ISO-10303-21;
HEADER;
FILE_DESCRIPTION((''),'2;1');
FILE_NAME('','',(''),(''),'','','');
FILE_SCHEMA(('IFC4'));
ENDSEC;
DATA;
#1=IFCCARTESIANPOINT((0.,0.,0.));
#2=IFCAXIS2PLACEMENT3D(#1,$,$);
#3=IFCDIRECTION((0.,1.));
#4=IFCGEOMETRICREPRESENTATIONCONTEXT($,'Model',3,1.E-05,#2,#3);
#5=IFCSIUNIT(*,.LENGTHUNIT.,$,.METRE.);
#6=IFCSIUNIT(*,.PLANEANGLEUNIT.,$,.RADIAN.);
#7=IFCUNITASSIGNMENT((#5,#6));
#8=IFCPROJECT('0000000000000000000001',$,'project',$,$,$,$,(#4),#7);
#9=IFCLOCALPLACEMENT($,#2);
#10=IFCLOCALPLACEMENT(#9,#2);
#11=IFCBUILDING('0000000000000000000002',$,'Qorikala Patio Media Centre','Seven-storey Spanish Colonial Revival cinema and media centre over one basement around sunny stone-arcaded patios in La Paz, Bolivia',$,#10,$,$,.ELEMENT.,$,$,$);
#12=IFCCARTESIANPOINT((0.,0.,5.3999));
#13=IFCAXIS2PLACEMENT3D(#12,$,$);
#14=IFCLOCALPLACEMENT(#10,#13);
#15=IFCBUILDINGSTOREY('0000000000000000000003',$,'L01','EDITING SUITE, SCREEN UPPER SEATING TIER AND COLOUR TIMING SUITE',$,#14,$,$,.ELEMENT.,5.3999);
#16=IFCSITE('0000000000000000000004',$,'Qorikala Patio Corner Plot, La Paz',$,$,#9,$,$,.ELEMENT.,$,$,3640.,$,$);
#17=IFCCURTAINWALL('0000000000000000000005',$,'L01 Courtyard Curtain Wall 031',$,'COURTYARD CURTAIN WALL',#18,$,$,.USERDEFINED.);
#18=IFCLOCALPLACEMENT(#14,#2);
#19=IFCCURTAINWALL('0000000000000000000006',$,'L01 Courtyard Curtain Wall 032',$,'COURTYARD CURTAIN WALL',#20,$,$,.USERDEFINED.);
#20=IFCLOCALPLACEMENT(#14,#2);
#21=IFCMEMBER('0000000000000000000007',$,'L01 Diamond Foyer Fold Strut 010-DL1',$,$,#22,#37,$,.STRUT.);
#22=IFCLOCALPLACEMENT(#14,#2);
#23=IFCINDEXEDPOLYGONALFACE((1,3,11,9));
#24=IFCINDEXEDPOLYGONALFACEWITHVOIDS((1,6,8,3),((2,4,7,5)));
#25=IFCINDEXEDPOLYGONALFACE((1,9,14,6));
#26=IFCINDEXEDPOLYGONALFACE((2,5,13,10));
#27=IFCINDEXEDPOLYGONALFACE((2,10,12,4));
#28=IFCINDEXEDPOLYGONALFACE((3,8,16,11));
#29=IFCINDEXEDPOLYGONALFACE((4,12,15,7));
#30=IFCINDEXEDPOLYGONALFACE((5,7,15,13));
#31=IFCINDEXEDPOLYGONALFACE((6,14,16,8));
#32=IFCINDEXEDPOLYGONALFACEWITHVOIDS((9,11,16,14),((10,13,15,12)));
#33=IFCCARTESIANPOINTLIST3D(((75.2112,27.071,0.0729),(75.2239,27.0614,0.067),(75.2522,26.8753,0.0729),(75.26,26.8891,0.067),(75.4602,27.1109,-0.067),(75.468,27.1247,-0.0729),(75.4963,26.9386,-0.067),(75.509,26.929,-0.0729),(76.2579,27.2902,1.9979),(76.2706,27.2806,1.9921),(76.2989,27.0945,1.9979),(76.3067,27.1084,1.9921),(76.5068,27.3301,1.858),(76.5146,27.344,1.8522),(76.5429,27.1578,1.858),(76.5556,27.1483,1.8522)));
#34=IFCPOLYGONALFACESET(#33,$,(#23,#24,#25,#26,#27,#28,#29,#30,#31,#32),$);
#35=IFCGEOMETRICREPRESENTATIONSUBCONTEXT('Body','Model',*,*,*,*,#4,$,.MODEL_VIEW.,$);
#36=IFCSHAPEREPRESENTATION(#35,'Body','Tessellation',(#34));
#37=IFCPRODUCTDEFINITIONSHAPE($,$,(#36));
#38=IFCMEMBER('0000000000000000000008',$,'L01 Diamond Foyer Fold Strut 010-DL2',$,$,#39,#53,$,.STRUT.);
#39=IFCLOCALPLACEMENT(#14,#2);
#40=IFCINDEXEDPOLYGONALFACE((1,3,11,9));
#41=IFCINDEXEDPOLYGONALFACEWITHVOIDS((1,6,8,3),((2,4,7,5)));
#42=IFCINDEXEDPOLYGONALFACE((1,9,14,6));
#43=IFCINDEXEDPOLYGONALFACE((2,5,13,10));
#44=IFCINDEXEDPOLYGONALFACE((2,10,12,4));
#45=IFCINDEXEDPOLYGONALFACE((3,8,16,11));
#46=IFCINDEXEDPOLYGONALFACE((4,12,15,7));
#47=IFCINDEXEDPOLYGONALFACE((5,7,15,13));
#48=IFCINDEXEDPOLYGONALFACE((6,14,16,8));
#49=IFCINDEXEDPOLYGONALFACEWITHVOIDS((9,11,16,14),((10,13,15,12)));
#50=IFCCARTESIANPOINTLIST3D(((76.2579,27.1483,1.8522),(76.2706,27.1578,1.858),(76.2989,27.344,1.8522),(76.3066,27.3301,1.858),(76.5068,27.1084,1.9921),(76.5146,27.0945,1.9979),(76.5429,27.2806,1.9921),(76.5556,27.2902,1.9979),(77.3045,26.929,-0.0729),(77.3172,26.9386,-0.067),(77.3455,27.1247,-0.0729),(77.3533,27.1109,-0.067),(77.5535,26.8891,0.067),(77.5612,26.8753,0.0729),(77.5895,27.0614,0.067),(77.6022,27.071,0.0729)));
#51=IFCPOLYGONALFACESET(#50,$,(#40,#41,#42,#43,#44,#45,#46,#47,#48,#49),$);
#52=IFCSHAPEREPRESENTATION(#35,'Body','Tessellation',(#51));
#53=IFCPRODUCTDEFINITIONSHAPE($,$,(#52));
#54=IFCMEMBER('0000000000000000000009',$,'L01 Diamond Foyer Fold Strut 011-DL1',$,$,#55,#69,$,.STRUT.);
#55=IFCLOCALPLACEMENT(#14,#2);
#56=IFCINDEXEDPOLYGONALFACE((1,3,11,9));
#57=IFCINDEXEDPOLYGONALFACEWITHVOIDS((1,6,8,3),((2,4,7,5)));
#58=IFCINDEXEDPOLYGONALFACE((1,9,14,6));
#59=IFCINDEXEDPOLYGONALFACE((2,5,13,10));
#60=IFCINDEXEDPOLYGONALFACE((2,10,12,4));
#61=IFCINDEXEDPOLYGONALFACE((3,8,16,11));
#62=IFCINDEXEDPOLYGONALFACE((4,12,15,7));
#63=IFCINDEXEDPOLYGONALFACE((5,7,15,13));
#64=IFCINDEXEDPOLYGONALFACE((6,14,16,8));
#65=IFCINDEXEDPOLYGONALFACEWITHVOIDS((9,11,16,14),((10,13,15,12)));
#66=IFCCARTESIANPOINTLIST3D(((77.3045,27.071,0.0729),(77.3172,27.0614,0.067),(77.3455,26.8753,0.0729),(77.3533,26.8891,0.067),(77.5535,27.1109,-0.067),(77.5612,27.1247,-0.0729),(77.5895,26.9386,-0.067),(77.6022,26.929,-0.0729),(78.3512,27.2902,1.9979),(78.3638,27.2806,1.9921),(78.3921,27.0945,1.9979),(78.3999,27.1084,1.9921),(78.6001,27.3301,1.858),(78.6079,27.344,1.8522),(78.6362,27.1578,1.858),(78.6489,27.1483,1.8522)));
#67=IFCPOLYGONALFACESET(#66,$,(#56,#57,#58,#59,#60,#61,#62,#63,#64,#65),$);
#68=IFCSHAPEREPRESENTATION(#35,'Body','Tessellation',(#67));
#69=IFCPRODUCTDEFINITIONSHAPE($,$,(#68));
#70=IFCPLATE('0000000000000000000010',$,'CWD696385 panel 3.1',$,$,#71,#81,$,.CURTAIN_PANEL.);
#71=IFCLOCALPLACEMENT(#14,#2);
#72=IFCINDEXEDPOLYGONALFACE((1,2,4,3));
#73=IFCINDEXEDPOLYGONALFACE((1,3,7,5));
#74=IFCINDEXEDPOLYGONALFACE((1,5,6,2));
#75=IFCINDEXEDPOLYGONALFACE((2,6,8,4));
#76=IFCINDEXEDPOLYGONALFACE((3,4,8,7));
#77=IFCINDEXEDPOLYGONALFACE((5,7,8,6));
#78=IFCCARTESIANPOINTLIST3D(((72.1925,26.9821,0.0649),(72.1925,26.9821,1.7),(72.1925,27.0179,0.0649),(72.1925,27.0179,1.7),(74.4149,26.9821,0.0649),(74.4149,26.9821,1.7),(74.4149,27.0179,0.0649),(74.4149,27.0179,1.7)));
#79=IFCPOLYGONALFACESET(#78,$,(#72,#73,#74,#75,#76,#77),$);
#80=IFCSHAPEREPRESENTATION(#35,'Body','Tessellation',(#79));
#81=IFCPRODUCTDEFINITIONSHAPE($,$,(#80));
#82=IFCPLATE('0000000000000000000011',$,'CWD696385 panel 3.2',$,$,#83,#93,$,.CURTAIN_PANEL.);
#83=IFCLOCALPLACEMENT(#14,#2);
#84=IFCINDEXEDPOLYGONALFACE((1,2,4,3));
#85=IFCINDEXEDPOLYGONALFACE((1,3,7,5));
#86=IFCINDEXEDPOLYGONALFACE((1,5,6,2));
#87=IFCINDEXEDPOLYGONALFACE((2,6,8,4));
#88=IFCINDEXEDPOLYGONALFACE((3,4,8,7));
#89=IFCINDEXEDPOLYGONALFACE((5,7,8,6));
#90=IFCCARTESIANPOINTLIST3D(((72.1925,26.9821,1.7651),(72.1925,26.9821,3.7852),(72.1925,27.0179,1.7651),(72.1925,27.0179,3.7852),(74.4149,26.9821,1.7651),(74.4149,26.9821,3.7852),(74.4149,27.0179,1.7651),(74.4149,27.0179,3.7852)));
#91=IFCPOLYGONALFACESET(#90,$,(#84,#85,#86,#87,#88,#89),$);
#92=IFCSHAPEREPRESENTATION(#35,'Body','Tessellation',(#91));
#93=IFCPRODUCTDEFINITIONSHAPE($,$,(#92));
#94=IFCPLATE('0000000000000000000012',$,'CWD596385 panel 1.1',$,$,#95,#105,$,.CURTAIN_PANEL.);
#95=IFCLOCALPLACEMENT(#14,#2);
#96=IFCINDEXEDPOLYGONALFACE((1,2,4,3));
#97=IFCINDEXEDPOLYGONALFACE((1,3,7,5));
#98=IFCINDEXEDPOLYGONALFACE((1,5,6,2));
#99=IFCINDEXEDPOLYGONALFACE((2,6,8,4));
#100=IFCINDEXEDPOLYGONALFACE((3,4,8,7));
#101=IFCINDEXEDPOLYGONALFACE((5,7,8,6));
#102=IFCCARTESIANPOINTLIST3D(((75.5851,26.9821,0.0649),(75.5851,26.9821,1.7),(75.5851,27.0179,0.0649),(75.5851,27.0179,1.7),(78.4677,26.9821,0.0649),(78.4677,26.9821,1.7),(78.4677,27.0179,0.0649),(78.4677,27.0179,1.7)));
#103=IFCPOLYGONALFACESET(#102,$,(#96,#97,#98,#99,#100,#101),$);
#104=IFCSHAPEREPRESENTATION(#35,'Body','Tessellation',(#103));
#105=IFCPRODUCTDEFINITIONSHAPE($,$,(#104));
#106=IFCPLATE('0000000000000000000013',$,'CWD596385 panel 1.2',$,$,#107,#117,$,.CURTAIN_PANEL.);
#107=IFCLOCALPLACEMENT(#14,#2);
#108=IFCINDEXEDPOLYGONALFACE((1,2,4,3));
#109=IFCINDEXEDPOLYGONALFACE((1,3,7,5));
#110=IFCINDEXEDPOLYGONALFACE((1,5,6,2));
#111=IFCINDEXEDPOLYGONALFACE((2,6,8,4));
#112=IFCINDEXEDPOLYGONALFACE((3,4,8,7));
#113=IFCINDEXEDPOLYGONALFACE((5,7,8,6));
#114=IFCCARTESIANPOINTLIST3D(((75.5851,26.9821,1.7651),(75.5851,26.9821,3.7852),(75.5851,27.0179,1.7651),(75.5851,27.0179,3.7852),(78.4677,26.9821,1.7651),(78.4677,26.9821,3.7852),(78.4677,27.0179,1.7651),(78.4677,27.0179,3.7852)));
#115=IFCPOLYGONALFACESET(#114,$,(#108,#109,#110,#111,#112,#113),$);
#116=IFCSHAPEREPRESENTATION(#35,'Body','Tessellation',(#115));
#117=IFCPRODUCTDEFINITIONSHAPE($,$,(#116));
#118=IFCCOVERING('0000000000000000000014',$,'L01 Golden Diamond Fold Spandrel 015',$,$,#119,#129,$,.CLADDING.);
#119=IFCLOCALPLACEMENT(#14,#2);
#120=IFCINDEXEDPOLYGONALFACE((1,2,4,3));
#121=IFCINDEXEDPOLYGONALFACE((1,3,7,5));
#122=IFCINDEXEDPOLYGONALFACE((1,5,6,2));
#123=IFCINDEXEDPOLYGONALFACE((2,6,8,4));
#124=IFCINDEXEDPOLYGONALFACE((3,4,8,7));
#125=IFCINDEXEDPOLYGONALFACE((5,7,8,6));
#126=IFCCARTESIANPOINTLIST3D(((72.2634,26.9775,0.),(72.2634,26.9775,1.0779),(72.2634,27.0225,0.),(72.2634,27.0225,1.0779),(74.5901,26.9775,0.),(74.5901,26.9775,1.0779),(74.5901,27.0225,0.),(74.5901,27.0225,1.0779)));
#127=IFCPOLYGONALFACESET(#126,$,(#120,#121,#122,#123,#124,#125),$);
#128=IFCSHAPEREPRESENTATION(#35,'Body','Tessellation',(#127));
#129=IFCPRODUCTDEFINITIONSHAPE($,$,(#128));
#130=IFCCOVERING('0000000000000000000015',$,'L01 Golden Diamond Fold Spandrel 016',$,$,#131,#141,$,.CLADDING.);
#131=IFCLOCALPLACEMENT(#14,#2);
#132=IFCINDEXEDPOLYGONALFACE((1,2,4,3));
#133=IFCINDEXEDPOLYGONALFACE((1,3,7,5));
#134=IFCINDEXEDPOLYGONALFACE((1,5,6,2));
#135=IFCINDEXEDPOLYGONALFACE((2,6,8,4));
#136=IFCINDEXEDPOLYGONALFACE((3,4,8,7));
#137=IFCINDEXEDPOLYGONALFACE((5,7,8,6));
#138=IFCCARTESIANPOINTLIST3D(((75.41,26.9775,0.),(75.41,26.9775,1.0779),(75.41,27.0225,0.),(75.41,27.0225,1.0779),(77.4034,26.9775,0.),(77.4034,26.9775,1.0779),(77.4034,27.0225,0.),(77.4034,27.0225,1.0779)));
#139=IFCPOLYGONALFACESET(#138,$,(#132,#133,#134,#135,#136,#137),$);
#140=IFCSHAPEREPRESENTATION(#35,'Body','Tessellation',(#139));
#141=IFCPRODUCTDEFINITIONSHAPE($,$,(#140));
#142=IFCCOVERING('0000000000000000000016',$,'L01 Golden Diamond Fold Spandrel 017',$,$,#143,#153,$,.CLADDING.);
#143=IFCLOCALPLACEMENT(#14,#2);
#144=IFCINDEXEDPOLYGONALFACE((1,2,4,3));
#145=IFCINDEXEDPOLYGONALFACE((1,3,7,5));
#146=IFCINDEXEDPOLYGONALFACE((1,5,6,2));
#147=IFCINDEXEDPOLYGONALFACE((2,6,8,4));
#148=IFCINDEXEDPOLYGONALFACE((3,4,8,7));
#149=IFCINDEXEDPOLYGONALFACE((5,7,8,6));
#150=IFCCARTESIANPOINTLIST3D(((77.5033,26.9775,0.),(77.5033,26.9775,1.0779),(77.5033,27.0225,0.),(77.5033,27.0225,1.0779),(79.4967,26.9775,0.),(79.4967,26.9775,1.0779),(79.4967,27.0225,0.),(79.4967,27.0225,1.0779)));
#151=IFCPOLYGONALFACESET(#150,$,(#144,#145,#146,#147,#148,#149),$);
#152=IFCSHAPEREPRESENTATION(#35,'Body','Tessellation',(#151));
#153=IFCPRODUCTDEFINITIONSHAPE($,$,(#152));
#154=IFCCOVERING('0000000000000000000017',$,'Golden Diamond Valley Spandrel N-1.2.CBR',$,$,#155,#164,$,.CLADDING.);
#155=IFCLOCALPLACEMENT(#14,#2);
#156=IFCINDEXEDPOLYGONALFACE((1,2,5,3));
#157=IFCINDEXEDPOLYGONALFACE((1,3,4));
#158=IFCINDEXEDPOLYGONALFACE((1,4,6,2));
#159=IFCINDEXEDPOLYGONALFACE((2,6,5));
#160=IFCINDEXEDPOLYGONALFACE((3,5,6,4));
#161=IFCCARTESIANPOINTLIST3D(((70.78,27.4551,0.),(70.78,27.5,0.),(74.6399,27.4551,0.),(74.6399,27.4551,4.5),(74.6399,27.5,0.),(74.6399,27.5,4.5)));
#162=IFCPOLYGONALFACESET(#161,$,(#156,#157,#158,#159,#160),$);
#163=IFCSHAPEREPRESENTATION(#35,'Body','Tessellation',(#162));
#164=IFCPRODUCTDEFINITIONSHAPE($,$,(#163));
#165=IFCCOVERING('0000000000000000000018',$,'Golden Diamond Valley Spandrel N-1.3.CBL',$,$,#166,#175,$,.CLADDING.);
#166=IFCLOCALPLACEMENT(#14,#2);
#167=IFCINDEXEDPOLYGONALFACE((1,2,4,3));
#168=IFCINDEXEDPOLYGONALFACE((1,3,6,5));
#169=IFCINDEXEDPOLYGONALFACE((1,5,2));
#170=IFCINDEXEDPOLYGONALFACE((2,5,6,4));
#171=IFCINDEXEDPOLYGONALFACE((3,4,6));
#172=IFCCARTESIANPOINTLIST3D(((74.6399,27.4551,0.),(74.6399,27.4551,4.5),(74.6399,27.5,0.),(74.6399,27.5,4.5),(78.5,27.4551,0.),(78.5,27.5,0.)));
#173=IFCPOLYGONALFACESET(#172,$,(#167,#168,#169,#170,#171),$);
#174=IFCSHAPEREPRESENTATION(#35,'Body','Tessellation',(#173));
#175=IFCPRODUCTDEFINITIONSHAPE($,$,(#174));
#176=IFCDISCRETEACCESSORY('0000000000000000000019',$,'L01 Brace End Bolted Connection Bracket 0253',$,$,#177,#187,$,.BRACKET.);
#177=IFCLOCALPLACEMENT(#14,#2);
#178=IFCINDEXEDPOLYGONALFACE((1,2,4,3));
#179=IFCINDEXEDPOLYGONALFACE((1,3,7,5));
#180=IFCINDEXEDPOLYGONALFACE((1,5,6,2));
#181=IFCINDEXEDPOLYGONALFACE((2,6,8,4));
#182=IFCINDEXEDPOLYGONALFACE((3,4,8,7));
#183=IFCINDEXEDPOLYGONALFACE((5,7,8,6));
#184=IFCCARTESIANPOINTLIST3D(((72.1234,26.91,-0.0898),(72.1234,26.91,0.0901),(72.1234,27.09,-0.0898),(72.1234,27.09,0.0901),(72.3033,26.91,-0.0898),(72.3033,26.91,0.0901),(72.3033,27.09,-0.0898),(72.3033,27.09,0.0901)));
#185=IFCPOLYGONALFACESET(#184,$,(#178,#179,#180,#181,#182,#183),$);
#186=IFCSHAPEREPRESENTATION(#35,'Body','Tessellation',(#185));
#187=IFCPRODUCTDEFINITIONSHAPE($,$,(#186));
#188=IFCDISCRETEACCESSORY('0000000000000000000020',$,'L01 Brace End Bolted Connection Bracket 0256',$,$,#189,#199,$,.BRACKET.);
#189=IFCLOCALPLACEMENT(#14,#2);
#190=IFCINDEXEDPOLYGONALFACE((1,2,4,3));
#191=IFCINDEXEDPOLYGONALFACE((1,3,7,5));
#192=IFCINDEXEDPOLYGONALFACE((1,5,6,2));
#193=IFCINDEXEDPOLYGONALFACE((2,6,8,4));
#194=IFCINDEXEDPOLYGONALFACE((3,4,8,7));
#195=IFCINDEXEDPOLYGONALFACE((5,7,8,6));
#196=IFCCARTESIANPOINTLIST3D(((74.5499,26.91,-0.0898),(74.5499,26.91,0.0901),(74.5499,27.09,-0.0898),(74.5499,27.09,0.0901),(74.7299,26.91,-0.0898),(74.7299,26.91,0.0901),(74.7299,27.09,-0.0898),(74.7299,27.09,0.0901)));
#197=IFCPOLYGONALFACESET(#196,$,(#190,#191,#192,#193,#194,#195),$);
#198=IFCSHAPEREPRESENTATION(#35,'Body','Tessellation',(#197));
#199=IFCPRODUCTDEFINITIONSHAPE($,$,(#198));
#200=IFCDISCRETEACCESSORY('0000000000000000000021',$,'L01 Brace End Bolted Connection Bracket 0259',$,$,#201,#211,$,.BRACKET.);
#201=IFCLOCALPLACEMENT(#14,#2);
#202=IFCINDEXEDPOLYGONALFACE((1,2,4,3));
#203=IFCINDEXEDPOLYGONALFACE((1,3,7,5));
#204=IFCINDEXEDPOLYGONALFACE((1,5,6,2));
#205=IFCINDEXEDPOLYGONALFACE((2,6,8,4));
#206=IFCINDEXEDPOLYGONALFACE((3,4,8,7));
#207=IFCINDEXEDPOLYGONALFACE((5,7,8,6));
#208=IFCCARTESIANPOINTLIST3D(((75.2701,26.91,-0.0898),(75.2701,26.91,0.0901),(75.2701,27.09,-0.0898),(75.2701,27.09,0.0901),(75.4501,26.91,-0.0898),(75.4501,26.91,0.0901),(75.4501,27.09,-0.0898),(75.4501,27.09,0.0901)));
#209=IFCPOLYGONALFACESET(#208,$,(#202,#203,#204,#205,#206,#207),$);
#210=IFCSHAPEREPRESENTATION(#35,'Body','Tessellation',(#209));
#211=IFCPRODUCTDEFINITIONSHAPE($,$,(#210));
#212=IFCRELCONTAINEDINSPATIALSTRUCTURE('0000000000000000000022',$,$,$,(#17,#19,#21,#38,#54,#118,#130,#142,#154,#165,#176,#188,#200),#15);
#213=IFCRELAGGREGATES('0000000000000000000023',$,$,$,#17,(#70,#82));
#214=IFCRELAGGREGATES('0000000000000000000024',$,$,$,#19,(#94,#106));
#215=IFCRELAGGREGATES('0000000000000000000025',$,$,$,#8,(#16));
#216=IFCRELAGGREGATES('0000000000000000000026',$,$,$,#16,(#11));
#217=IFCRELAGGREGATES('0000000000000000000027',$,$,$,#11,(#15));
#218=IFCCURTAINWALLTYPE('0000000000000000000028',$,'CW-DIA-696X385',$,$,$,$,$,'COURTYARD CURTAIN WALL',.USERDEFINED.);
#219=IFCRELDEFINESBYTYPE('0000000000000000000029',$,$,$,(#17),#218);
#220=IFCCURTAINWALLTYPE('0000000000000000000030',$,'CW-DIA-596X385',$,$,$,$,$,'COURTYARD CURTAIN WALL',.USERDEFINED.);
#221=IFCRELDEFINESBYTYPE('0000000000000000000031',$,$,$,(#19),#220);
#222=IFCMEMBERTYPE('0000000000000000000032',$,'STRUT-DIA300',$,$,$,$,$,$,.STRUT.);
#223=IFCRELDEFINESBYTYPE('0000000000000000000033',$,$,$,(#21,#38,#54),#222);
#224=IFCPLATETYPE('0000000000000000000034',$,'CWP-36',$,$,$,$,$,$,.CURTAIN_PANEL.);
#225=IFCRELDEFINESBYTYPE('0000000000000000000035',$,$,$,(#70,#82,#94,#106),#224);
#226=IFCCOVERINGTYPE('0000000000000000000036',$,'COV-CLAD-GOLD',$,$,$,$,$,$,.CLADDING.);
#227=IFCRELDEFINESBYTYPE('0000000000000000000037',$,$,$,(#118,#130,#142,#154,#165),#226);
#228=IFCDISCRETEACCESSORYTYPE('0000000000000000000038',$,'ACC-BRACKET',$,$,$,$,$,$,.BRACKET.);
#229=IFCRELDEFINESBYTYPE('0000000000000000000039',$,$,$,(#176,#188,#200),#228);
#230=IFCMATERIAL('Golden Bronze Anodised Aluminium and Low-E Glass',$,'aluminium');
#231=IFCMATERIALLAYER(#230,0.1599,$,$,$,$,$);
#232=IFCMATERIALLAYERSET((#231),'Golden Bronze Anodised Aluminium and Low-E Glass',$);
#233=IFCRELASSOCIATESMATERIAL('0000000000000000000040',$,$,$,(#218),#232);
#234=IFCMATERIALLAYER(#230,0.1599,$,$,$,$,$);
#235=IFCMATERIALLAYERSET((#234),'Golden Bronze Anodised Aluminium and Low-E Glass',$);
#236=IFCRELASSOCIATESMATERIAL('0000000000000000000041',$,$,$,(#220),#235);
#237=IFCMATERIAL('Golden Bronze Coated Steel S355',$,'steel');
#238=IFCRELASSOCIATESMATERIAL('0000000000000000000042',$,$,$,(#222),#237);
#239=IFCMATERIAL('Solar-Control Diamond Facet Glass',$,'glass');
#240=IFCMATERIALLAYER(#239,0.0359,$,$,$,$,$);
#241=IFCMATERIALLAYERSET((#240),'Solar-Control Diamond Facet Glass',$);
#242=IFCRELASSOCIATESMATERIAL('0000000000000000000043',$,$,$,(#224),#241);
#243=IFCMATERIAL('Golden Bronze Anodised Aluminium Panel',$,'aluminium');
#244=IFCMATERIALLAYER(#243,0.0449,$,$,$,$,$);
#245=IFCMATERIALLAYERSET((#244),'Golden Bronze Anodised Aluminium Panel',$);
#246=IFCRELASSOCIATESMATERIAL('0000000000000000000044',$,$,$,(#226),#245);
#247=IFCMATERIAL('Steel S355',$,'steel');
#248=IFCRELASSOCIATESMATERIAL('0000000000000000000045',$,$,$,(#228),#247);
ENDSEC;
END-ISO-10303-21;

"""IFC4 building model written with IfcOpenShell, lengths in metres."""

from ifc_helpers import new_model, si_unit, direction, frame, origin, origin_2d, place, context, subcontext, project, spatial, polyline, rectangle, hollow_rectangle, outline, extrude, material, layer, layer_set, material_profile, profile_set, type_object, element, aggregate, save


model = new_model("IFC4")

# Units and contexts
model_context = context("Model", 3, precision=1e-05, world=origin(), true_north=direction((0.0, 1.0)))
body_context = subcontext(model_context, "Body", "Model", "MODEL_VIEW")
ifc_project = project(units=[si_unit("LENGTHUNIT", "METRE"), si_unit("PLANEANGLEUNIT", "RADIAN")], contexts=[model_context])

# Site, building, storey
site_placement = place(None, origin())
site = spatial("IfcSite", under=ifc_project, at=site_placement, Name="Qorikala Patio Corner Plot, La Paz", CompositionType="ELEMENT", RefElevation=3640.0)
building_placement = place(site_placement, origin())
building = spatial("IfcBuilding", under=site, at=building_placement, Name="Qorikala Patio Media Centre", Description="Seven-storey Spanish Colonial Revival cinema and media centre over one basement around sunny stone-arcaded patios in La Paz, Bolivia", CompositionType="ELEMENT")
storey_placement = place(building_placement, frame((0.0, 0.0, 5.3999)))
storey = spatial("IfcBuildingStorey", under=building, at=storey_placement, Name="L01", Description="EDITING SUITE, SCREEN UPPER SEATING TIER AND COLOUR TIMING SUITE", CompositionType="ELEMENT", Elevation=5.3999)

# Curtain walls
ifc_material_1 = material(Name="Golden Bronze Anodised Aluminium and Low-E Glass", Category="aluminium")
ifc_layer_1 = layer(ifc_material_1, 0.1599)
ifc_layer_set_1 = layer_set([ifc_layer_1], Name="Golden Bronze Anodised Aluminium and Low-E Glass")
curtain_wall_type_1 = type_object("IfcCurtainWallType", Name="CW-DIA-696X385", ElementType="COURTYARD CURTAIN WALL", PredefinedType="USERDEFINED", material=ifc_layer_set_1)
curtain_wall_1_placement = place(storey_placement, origin())
curtain_wall_1 = element("IfcCurtainWall", 1, at=curtain_wall_1_placement, inside=storey, type_object=curtain_wall_type_1, Name="L01 Courtyard Curtain Wall 031", ObjectType="COURTYARD CURTAIN WALL", PredefinedType="USERDEFINED")
ifc_layer_2 = layer(ifc_material_1, 0.1599)
ifc_layer_set_2 = layer_set([ifc_layer_2], Name="Golden Bronze Anodised Aluminium and Low-E Glass")
curtain_wall_type_2 = type_object("IfcCurtainWallType", Name="CW-DIA-596X385", ElementType="COURTYARD CURTAIN WALL", PredefinedType="USERDEFINED", material=ifc_layer_set_2)
curtain_wall_2_placement = place(storey_placement, origin())
curtain_wall_2 = element("IfcCurtainWall", 2, at=curtain_wall_2_placement, inside=storey, type_object=curtain_wall_type_2, Name="L01 Courtyard Curtain Wall 032", ObjectType="COURTYARD CURTAIN WALL", PredefinedType="USERDEFINED")

# Members
ifc_material_2 = material(Name="Golden Bronze Coated Steel S355", Category="steel")
ifc_material_profile_1 = material_profile(ifc_material_2, hollow_rectangle(XDim=0.2, YDim=0.3, WallThickness=0.012, at=origin_2d()), Name="HSS300X200X12")
ifc_profile_set_1 = profile_set([ifc_material_profile_1], Name="Golden Bronze Coated Steel S355")
member_type_1 = type_object("IfcMemberType", Name="STRUT-DIA300", PredefinedType="STRUT", material=ifc_profile_set_1)
for number, where, z_axis, x_axis, name in (
    (3, (75.3601, 27.0, 0.0), (0.475284, 0.099558, 0.874181), (-0.205021, 0.978758, 0.0), "L01 Diamond Foyer Fold Strut 010-DL1"),
    (4, (77.4534, 27.0, 0.0), (-0.475284, 0.099558, 0.874181), (-0.205021, -0.978758, 0.0), "L01 Diamond Foyer Fold Strut 010-DL2"),
    (5, (77.4534, 27.0, 0.0), (0.475284, 0.099558, 0.874181), (-0.205021, 0.978758, 0.0), "L01 Diamond Foyer Fold Strut 011-DL1"),
):
    element("IfcMember", number, at=place(storey_placement, frame(where, z_axis=z_axis, x_axis=x_axis)), inside=storey, type_object=member_type_1, Name=name, PredefinedType="STRUT", context=body_context, shape_type="SweptSolid", body=[
        extrude(hollow_rectangle(XDim=0.2, YDim=0.3, WallThickness=0.012, at=origin_2d()), origin(), (0.0, 0.0, 1.0), 2.2021),
    ])

# Plates
ifc_material_3 = material(Name="Solar-Control Diamond Facet Glass", Category="glass")
ifc_layer_3 = layer(ifc_material_3, 0.0359)
ifc_layer_set_3 = layer_set([ifc_layer_3], Name="Solar-Control Diamond Facet Glass")
plate_type = type_object("IfcPlateType", Name="CWP-36", PredefinedType="CURTAIN_PANEL", material=ifc_layer_set_3)
plate_1_placement = place(storey_placement, frame((73.3037, 27.0, 0.0649), z_axis=(0.0, 0.0, 1.0), x_axis=(1.0, 0.0, 0.0)))
plate_1 = element("IfcPlate", 6, at=plate_1_placement, type_object=plate_type, Name="CWD696385 panel 3.1", PredefinedType="CURTAIN_PANEL", context=body_context, shape_type="SweptSolid", body=[
    extrude(rectangle(XDim=2.2224, YDim=0.0359, at=origin_2d()), origin(), (0.0, 0.0, 1.0), 1.635),
])
plate_2_placement = place(storey_placement, frame((73.3037, 27.0, 1.7651), z_axis=(0.0, 0.0, 1.0), x_axis=(1.0, 0.0, 0.0)))
plate_2 = element("IfcPlate", 7, at=plate_2_placement, type_object=plate_type, Name="CWD696385 panel 3.2", PredefinedType="CURTAIN_PANEL", context=body_context, shape_type="SweptSolid", body=[
    extrude(rectangle(XDim=2.2224, YDim=0.0359, at=origin_2d()), origin(), (0.0, 0.0, 1.0), 2.02),
])
aggregate(curtain_wall_1, [plate_1, plate_2])
plate_3_placement = place(storey_placement, frame((77.0264, 27.0, 0.0649), z_axis=(0.0, 0.0, 1.0), x_axis=(1.0, 0.0, 0.0)))
plate_3 = element("IfcPlate", 8, at=plate_3_placement, type_object=plate_type, Name="CWD596385 panel 1.1", PredefinedType="CURTAIN_PANEL", context=body_context, shape_type="SweptSolid", body=[
    extrude(rectangle(XDim=2.8826, YDim=0.0359, at=origin_2d()), origin(), (0.0, 0.0, 1.0), 1.635),
])
plate_4_placement = place(storey_placement, frame((77.0264, 27.0, 1.7651), z_axis=(0.0, 0.0, 1.0), x_axis=(1.0, 0.0, 0.0)))
plate_4 = element("IfcPlate", 9, at=plate_4_placement, type_object=plate_type, Name="CWD596385 panel 1.2", PredefinedType="CURTAIN_PANEL", context=body_context, shape_type="SweptSolid", body=[
    extrude(rectangle(XDim=2.8826, YDim=0.0359, at=origin_2d()), origin(), (0.0, 0.0, 1.0), 2.02),
])
aggregate(curtain_wall_2, [plate_3, plate_4])

# Coverings
ifc_material_4 = material(Name="Golden Bronze Anodised Aluminium Panel", Category="aluminium")
ifc_layer_4 = layer(ifc_material_4, 0.0449)
ifc_layer_set_4 = layer_set([ifc_layer_4], Name="Golden Bronze Anodised Aluminium Panel")
covering_type = type_object("IfcCoveringType", Name="COV-CLAD-GOLD", PredefinedType="CLADDING", material=ifc_layer_set_4)
covering_1_placement = place(storey_placement, frame((73.4268, 27.0, 0.0), z_axis=(0.0, 0.0, 1.0), x_axis=(1.0, 0.0, 0.0)))
element("IfcCovering", 10, at=covering_1_placement, inside=storey, type_object=covering_type, Name="L01 Golden Diamond Fold Spandrel 015", PredefinedType="CLADDING", context=body_context, shape_type="SweptSolid", body=[
    extrude(rectangle(XDim=2.3267, YDim=0.0449, at=origin_2d()), origin(), (0.0, 0.0, 1.0), 1.0779),
])
for number, where, z_axis, x_axis, name in (
    (11, (76.4067, 27.0, 0.0), (0.0, 0.0, 1.0), (1.0, 0.0, 0.0), "L01 Golden Diamond Fold Spandrel 016"),
    (12, (78.5, 27.0, 0.0), (0.0, 0.0, 1.0), (1.0, 0.0, 0.0), "L01 Golden Diamond Fold Spandrel 017"),
):
    element("IfcCovering", number, at=place(storey_placement, frame(where, z_axis=z_axis, x_axis=x_axis)), inside=storey, type_object=covering_type, Name=name, PredefinedType="CLADDING", context=body_context, shape_type="SweptSolid", body=[
        extrude(rectangle(XDim=1.9934, YDim=0.0449, at=origin_2d()), origin(), (0.0, 0.0, 1.0), 1.0779),
    ])
covering_2_placement = place(storey_placement, frame((74.6399, 27.5, 0.0), z_axis=(0.0, 1.0, 0.0), x_axis=(-1.0, 0.0, 0.0)))
element("IfcCovering", 13, at=covering_2_placement, inside=storey, type_object=covering_type, Name="Golden Diamond Valley Spandrel N-1.2.CBR", PredefinedType="CLADDING", context=body_context, shape_type="SweptSolid", body=[
    extrude(outline(polyline([(0.0, 0.0), (3.8599, 0.0), (0.0, 4.5), (0.0, 0.0)])), origin(), (0.0, 0.0, -1.0), 0.0449),
])
covering_3_placement = place(storey_placement, frame((74.6399, 27.5, 0.0), z_axis=(0.0, 1.0, 0.0), x_axis=(0.0, 0.0, 1.0)))
element("IfcCovering", 14, at=covering_3_placement, inside=storey, type_object=covering_type, Name="Golden Diamond Valley Spandrel N-1.3.CBL", PredefinedType="CLADDING", context=body_context, shape_type="SweptSolid", body=[
    extrude(outline(polyline([(0.0, 0.0), (4.5, 0.0), (0.0, 3.8601), (0.0, 0.0)])), origin(), (0.0, 0.0, -1.0), 0.0449),
])

# Discrete accessories
ifc_material_5 = material(Name="Steel S355", Category="steel")
discrete_accessory_type = type_object("IfcDiscreteAccessoryType", Name="ACC-BRACKET", PredefinedType="BRACKET", material=ifc_material_5)
for number, where, z_axis, x_axis, name in (
    (15, (72.2134, 27.0, -0.0898), (0.0, 0.0, 1.0), (1.0, 0.0, 0.0), "L01 Brace End Bolted Connection Bracket 0253"),
    (16, (74.6399, 27.0, -0.0898), (0.0, 0.0, 1.0), (1.0, 0.0, 0.0), "L01 Brace End Bolted Connection Bracket 0256"),
    (17, (75.3601, 27.0, -0.0898), (0.0, 0.0, 1.0), (1.0, 0.0, 0.0), "L01 Brace End Bolted Connection Bracket 0259"),
):
    element("IfcDiscreteAccessory", number, at=place(storey_placement, frame(where, z_axis=z_axis, x_axis=x_axis)), inside=storey, type_object=discrete_accessory_type, Name=name, PredefinedType="BRACKET", context=body_context, shape_type="SweptSolid", body=[
        extrude(rectangle(XDim=0.1799, YDim=0.1799, at=origin_2d()), origin(), (0.0, 0.0, 1.0), 0.1799),
    ])

save(model, "model.ifc")
